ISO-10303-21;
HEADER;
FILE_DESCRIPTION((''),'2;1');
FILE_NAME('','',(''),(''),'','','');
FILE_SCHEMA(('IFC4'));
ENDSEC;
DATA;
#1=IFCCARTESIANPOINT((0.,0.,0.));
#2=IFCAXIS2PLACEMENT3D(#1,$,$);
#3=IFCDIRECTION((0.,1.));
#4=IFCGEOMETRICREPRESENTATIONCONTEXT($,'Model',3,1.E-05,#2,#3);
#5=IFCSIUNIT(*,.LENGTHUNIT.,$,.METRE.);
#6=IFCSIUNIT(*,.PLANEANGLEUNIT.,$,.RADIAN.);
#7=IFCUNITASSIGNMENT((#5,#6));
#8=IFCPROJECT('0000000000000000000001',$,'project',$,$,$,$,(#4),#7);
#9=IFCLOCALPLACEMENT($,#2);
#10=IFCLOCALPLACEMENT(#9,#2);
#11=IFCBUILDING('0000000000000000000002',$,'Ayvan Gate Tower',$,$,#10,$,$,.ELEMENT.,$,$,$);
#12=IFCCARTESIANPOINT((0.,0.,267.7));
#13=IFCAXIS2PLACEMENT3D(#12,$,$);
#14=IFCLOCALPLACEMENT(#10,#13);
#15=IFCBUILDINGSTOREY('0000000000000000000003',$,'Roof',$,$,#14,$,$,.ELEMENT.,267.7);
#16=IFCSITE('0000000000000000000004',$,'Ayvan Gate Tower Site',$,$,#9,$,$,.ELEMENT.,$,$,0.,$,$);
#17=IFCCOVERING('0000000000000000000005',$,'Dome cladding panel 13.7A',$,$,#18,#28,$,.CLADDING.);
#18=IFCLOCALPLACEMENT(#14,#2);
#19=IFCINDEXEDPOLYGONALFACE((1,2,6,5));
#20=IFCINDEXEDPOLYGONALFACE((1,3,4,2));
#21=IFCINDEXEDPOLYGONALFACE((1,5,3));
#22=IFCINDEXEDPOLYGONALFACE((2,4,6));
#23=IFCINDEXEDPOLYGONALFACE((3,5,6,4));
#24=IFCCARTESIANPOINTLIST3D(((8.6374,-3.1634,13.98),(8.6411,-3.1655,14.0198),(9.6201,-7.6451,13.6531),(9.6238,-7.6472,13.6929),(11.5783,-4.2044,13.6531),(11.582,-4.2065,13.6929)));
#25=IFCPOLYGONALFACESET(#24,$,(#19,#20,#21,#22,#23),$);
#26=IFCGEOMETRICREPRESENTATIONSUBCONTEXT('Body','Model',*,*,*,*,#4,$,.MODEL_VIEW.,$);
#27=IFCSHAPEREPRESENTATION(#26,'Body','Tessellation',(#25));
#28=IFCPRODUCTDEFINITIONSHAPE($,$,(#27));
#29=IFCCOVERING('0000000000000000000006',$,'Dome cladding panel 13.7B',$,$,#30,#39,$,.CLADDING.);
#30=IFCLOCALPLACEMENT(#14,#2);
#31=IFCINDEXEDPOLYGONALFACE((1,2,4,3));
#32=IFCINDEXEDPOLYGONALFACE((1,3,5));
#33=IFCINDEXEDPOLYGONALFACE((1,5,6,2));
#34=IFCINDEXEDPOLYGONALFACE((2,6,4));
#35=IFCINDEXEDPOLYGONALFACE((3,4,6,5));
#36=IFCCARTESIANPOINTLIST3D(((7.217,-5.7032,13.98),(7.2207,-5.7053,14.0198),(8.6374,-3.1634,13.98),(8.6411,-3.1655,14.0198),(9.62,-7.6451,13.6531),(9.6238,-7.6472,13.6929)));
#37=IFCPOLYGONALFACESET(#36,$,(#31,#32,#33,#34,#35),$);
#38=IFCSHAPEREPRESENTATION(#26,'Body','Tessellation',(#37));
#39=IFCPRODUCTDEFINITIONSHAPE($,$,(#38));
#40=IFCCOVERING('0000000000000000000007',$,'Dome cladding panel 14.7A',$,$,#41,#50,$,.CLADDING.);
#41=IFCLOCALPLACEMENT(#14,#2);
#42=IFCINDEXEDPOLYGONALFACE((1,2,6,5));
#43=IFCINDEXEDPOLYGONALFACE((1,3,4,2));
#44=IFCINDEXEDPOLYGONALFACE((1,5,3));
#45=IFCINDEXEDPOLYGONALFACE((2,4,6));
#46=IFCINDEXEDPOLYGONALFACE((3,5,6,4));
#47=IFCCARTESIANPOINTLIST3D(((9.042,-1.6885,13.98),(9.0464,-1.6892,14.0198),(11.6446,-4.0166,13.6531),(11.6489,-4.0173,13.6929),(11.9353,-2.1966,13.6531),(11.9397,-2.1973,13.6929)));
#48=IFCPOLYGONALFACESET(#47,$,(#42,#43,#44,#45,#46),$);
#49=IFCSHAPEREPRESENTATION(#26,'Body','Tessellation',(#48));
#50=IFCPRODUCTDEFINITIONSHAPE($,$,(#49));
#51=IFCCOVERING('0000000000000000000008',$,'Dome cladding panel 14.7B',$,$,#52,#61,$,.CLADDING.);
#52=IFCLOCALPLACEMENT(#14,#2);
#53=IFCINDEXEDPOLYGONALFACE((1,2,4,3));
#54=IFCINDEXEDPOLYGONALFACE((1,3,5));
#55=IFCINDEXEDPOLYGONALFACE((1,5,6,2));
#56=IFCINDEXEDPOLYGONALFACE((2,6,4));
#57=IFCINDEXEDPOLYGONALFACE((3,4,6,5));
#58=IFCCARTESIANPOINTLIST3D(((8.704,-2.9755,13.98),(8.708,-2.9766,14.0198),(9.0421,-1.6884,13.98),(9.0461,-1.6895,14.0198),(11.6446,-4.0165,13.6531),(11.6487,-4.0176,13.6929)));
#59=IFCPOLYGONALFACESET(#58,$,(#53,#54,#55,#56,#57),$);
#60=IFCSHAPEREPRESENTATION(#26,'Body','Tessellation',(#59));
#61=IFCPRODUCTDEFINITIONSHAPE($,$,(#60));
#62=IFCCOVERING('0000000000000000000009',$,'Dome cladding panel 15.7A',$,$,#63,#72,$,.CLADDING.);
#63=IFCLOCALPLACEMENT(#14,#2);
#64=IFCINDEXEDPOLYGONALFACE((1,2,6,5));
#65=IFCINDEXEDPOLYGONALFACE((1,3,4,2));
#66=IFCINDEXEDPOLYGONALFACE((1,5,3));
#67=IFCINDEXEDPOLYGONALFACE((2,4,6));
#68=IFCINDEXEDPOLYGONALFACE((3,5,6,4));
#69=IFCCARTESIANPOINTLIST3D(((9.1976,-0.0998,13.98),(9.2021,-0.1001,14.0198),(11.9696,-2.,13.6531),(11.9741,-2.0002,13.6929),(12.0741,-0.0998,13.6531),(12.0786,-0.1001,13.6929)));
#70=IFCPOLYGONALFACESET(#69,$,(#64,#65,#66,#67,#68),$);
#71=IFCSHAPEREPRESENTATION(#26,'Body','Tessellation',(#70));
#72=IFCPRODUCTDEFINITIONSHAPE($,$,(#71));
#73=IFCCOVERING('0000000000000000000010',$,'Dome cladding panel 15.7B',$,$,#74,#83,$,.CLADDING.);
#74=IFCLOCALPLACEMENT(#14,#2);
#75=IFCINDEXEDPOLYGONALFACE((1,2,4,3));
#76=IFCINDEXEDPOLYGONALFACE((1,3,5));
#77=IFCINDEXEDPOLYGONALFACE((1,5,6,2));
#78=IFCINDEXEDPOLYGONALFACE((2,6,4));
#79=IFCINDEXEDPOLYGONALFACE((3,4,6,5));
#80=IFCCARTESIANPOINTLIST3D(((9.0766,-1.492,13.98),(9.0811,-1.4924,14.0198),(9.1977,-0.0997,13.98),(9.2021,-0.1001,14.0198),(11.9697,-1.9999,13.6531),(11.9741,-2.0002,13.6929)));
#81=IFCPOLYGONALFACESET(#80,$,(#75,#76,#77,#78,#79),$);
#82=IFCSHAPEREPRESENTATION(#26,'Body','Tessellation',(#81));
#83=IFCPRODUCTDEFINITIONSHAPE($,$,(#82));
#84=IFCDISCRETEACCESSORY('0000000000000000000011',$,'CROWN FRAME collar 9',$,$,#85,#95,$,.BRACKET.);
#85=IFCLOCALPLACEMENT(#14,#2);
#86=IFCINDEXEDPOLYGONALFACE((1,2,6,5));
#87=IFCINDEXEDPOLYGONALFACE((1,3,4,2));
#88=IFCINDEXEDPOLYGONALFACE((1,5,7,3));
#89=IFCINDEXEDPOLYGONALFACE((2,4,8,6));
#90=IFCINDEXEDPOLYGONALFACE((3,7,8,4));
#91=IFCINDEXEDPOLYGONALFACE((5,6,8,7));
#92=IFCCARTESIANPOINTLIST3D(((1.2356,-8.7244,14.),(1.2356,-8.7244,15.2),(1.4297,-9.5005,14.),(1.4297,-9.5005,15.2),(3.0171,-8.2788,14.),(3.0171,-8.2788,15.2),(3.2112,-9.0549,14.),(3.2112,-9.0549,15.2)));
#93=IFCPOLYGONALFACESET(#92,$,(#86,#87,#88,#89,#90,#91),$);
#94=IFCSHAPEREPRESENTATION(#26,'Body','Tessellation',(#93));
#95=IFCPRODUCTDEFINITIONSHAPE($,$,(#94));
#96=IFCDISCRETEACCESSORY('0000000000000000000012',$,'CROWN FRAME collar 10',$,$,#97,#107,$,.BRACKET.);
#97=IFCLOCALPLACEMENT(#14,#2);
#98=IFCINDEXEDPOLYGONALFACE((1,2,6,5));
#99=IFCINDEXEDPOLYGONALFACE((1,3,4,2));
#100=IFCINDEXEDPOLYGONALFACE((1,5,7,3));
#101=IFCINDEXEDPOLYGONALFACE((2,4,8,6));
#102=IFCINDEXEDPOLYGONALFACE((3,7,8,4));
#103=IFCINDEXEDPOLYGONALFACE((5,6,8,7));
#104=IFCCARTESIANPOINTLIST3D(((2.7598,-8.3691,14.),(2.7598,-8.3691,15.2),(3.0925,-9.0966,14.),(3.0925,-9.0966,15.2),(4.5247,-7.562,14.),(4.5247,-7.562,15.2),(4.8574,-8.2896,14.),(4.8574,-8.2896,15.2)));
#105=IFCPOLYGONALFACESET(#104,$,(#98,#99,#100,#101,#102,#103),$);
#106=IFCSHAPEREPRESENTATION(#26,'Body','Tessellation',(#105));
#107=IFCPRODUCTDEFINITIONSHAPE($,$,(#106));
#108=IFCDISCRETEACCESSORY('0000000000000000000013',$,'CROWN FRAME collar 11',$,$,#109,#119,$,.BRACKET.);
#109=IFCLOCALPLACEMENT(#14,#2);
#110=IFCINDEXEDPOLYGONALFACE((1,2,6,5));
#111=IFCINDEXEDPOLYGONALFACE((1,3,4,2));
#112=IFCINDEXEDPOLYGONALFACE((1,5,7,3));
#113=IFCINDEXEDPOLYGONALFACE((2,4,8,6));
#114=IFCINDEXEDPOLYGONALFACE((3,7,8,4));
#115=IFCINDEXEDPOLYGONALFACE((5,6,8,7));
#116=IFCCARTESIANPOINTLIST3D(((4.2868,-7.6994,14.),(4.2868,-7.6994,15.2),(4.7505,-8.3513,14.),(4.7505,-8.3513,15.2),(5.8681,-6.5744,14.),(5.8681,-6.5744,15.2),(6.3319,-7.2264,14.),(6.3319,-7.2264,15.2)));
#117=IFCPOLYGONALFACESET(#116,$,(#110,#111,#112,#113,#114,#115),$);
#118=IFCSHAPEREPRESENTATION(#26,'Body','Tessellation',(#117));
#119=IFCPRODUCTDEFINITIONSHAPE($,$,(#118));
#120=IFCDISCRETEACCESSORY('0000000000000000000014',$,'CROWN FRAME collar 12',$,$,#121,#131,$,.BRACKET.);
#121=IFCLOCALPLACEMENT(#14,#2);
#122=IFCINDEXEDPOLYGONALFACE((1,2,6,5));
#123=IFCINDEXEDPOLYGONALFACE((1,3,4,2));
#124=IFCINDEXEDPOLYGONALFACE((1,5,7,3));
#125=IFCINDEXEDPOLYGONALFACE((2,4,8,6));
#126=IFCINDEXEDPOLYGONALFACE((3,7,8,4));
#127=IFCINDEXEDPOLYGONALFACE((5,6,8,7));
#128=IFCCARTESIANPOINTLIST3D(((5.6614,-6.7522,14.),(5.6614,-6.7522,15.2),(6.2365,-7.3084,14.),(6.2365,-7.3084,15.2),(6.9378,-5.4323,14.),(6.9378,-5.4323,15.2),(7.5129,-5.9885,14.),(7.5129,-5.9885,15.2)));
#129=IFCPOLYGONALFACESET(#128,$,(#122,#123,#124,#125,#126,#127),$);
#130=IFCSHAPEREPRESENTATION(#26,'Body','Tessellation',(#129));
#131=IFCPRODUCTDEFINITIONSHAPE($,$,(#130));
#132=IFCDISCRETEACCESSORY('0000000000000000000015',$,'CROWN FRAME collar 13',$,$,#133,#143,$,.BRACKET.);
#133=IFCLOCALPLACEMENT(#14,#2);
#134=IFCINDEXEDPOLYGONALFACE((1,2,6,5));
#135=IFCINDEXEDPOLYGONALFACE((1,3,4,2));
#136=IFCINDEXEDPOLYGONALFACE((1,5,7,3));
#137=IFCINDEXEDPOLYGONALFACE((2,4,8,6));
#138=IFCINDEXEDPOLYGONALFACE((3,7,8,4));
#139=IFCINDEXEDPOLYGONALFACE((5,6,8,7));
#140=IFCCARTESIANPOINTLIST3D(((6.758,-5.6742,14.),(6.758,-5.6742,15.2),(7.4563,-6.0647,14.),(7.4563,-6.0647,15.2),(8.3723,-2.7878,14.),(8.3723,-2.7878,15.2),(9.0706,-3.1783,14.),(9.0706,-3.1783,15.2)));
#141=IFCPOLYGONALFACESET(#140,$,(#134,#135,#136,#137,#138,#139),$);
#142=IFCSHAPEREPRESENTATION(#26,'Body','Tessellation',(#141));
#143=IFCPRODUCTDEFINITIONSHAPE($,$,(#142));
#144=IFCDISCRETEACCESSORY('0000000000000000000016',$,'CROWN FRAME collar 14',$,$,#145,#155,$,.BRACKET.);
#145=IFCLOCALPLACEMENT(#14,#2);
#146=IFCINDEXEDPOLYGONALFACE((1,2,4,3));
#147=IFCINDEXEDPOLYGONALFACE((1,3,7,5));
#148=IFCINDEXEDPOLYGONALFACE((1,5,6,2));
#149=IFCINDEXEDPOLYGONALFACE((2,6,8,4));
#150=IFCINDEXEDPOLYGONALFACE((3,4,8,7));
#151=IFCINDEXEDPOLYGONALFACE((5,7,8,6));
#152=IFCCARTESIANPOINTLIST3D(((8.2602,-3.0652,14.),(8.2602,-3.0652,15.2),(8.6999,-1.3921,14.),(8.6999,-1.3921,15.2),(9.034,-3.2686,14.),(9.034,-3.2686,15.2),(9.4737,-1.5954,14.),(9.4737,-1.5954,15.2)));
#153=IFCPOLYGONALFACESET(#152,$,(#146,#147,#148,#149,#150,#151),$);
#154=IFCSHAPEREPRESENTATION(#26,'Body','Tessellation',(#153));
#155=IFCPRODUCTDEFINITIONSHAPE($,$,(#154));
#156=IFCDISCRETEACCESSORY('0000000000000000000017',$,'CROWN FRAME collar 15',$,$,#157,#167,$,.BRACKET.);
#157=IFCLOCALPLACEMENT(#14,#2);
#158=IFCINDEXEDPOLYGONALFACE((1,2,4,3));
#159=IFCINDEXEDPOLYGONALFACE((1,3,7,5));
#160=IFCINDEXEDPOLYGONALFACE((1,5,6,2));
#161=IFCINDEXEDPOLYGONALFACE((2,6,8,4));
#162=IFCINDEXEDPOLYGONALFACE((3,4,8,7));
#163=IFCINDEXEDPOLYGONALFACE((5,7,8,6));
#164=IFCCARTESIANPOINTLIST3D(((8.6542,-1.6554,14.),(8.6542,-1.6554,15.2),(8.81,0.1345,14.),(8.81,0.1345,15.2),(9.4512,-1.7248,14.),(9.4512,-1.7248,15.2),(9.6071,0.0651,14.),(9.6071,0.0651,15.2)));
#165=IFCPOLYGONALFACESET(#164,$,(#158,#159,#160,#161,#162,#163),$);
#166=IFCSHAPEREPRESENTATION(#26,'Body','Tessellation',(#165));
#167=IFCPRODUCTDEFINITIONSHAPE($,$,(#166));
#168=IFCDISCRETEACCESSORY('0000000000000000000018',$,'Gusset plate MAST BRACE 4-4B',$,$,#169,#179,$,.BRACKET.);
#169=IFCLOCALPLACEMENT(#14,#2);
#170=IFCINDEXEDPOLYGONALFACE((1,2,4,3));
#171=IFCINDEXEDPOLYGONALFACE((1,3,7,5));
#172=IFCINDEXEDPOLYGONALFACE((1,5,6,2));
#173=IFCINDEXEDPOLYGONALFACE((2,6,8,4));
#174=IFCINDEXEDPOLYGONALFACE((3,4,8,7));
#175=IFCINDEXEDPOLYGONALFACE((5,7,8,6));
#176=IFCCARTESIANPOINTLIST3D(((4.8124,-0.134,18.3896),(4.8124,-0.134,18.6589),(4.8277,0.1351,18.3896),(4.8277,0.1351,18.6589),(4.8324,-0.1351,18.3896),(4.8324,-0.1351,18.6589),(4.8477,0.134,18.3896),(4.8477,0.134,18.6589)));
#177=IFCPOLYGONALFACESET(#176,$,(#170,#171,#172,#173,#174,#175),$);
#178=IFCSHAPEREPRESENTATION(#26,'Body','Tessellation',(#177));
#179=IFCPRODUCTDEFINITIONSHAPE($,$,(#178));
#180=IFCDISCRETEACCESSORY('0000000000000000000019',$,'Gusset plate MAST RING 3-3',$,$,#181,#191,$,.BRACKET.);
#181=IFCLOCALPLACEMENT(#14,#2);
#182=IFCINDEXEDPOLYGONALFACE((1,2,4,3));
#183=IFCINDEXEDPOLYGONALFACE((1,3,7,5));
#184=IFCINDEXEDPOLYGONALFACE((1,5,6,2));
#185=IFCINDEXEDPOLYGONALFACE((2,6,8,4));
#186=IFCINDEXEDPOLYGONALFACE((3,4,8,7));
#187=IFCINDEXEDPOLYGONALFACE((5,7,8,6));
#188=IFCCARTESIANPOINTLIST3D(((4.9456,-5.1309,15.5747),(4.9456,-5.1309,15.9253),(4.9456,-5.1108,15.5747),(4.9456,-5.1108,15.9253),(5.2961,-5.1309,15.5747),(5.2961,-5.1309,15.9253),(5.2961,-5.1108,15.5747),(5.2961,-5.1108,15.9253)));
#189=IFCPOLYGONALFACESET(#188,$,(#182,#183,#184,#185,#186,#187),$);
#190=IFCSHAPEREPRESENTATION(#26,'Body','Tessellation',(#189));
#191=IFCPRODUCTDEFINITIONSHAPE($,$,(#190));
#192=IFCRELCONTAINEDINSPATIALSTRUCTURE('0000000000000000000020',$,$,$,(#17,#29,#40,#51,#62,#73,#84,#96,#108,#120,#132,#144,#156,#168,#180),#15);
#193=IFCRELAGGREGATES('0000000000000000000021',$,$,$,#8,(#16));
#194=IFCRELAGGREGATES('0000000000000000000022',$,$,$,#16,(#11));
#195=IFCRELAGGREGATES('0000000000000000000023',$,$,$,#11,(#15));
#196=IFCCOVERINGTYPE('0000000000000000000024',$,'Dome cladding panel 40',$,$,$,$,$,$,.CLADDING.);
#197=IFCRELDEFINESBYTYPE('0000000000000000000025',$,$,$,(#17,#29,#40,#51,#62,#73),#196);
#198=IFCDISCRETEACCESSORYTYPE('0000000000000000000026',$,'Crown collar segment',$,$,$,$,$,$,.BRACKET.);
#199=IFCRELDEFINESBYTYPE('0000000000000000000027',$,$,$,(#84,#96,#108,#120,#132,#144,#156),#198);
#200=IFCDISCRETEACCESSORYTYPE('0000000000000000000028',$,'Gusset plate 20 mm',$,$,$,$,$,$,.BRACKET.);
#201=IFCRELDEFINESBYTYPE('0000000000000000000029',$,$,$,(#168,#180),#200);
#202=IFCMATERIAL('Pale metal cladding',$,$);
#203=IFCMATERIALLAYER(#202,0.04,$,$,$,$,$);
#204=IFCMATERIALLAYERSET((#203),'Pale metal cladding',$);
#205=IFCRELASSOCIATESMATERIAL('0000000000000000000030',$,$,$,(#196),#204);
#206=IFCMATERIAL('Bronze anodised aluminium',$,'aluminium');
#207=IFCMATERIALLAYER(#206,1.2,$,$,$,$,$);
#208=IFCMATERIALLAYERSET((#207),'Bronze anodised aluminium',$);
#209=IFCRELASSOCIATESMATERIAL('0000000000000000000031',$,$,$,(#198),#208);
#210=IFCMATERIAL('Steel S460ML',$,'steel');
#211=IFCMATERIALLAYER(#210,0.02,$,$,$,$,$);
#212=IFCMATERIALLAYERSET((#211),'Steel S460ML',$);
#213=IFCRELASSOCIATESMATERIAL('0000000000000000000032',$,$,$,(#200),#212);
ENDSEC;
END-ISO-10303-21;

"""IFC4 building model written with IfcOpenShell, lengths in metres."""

from ifc_helpers import new_model, si_unit, direction, frame, origin, origin_2d, place, context, subcontext, project, spatial, polyline, rectangle, outline, extrude, material, layer, layer_set, type_object, element, save


model = new_model("IFC4")

# Units and contexts
model_context = context("Model", 3, precision=1e-05, world=origin(), true_north=direction((0.0, 1.0)))
body_context = subcontext(model_context, "Body", "Model", "MODEL_VIEW")
ifc_project = project(units=[si_unit("LENGTHUNIT", "METRE"), si_unit("PLANEANGLEUNIT", "RADIAN")], contexts=[model_context])

# Site, building, storey
site_placement = place(None, origin())
site = spatial("IfcSite", under=ifc_project, at=site_placement, Name="Ayvan Gate Tower Site", CompositionType="ELEMENT", RefElevation=0.0)
building_placement = place(site_placement, origin())
building = spatial("IfcBuilding", under=site, at=building_placement, Name="Ayvan Gate Tower", CompositionType="ELEMENT")
storey_placement = place(building_placement, frame((0.0, 0.0, 267.7)))
storey = spatial("IfcBuildingStorey", under=building, at=storey_placement, Name="Roof", CompositionType="ELEMENT", Elevation=267.7)

# Coverings
ifc_material_1 = material(Name="Pale metal cladding")
ifc_layer_1 = layer(ifc_material_1, 0.04)
ifc_layer_set_1 = layer_set([ifc_layer_1], Name="Pale metal cladding")
covering_type_1 = type_object("IfcCoveringType", Name="Dome cladding panel 40", PredefinedType="CLADDING", material=ifc_layer_set_1)
covering_1_placement = place(storey_placement, frame((9.6238, -7.6472, 13.6929), z_axis=(0.091998, -0.052361, 0.994382), x_axis=(0.494644, 0.869096, 0.0)))
element("IfcCovering", 1, at=covering_1_placement, inside=storey, type_object=covering_type_1, Name="Dome cladding panel 13.7A", PredefinedType="CLADDING", context=body_context, shape_type="SweptSolid", body=[
    extrude(outline(polyline([(0.0, 0.0), (3.9589, 0.0), (3.4089, 3.0882), (0.0, 0.0)])), origin(), (0.0, 0.0, -1.0), 0.04),
])
covering_2_placement = place(storey_placement, frame((9.6238, -7.6472, 13.6929), z_axis=(0.093158, -0.0521, 0.994287), x_axis=(-0.213633, 0.974325, 0.071069)))
element("IfcCovering", 2, at=covering_2_placement, inside=storey, type_object=covering_type_1, Name="Dome cladding panel 13.7B", PredefinedType="CLADDING", context=body_context, shape_type="SweptSolid", body=[
    extrude(outline(polyline([(0.0, 0.0), (4.5998, 0.0), (2.4286, 1.9376), (0.0, 0.0)])), origin(), (0.0, 0.0, -1.0), 0.04),
])
covering_3_placement = place(storey_placement, frame((11.6489, -4.0173, 13.6929), z_axis=(0.109229, -0.01745, 0.993863), x_axis=(0.157758, 0.987478, 0.0)))
element("IfcCovering", 3, at=covering_3_placement, inside=storey, type_object=covering_type_1, Name="Dome cladding panel 14.7A", PredefinedType="CLADDING", context=body_context, shape_type="SweptSolid", body=[
    extrude(outline(polyline([(0.0, 0.0), (1.8431, 0.0), (1.8884, 2.9554), (0.0, 0.0)])), origin(), (0.0, 0.0, -1.0), 0.04),
])
covering_4_placement = place(storey_placement, frame((11.6487, -4.0176, 13.6929), z_axis=(0.10115, -0.026573, 0.994516), x_axis=(-0.742062, 0.663819, 0.09321)))
element("IfcCovering", 4, at=covering_4_placement, inside=storey, type_object=covering_type_1, Name="Dome cladding panel 14.7B", PredefinedType="CLADDING", context=body_context, shape_type="SweptSolid", body=[
    extrude(outline(polyline([(0.0, 0.0), (3.5072, 0.0), (2.9037, 1.1861), (0.0, 0.0)])), origin(), (0.0, 0.0, -1.0), 0.04),
])
covering_5_placement = place(storey_placement, frame((11.9741, -2.0002, 13.6929), z_axis=(0.112919, -0.00621, 0.993585), x_axis=(0.054909, 0.998491, 0.0)))
element("IfcCovering", 5, at=covering_5_placement, inside=storey, type_object=covering_type_1, Name="Dome cladding panel 15.7A", PredefinedType="CLADDING", context=body_context, shape_type="SweptSolid", body=[
    extrude(outline(polyline([(0.0, 0.0), (1.903, 0.0), (1.7451, 2.8907), (0.0, 0.0)])), origin(), (0.0, 0.0, -1.0), 0.04),
])
covering_6_placement = place(storey_placement, frame((11.9741, -2.0002, 13.6929), z_axis=(0.110609, -0.00962, 0.993817), x_axis=(-0.820942, 0.562744, 0.096815)))
element("IfcCovering", 6, at=covering_6_placement, inside=storey, type_object=covering_type_1, Name="Dome cladding panel 15.7B", PredefinedType="CLADDING", context=body_context, shape_type="SweptSolid", body=[
    extrude(outline(polyline([(0.0, 0.0), (3.3766, 0.0), (2.6925, 1.2187), (0.0, 0.0)])), origin(), (0.0, 0.0, -1.0), 0.04),
])

# Discrete accessories
ifc_material_2 = material(Name="Bronze anodised aluminium", Category="aluminium")
ifc_layer_2 = layer(ifc_material_2, 1.2)
ifc_layer_set_2 = layer_set([ifc_layer_2], Name="Bronze anodised aluminium")
discrete_accessory_type_1 = type_object("IfcDiscreteAccessoryType", Name="Crown collar segment", PredefinedType="BRACKET", material=ifc_layer_set_2)
discrete_accessory_1_placement = place(storey_placement, frame((2.2234, -8.8896, 14.0), z_axis=(0.0, 0.0, 1.0), x_axis=(0.97012, 0.242627, 0.0)))
element("IfcDiscreteAccessory", 7, at=discrete_accessory_1_placement, inside=storey, type_object=discrete_accessory_type_1, Name="CROWN FRAME collar 9", PredefinedType="BRACKET", context=body_context, shape_type="SweptSolid", body=[
    extrude(rectangle(XDim=1.8364, YDim=0.8, at=origin_2d()), origin(), (0.0, 0.0, 1.0), 1.2),
])
for number, where, z_axis, x_axis, name in (
    (8, (3.8086, -8.3293, 14.0), (0.0, 0.0, 1.0), (0.909439, 0.415838, 0.0), "CROWN FRAME collar 10"),
    (9, (5.3093, -7.4629, 14.0), (0.0, 0.0, 1.0), (0.814838, 0.579688, 0.0), "CROWN FRAME collar 11"),
):
    element("IfcDiscreteAccessory", number, at=place(storey_placement, frame(where, z_axis=z_axis, x_axis=x_axis)), inside=storey, type_object=discrete_accessory_type_1, Name=name, PredefinedType="BRACKET", context=body_context, shape_type="SweptSolid", body=[
        extrude(rectangle(XDim=1.9407, YDim=0.8, at=origin_2d()), origin(), (0.0, 0.0, 1.0), 1.2),
    ])
discrete_accessory_2_placement = place(storey_placement, frame((6.5872, -6.3704, 14.0), z_axis=(0.0, 0.0, 1.0), x_axis=(0.695175, 0.718841, 0.0)))
element("IfcDiscreteAccessory", 10, at=discrete_accessory_2_placement, inside=storey, type_object=discrete_accessory_type_1, Name="CROWN FRAME collar 12", PredefinedType="BRACKET", context=body_context, shape_type="SweptSolid", body=[
    extrude(rectangle(XDim=1.8362, YDim=0.8, at=origin_2d()), origin(), (0.0, 0.0, 1.0), 1.2),
])
discrete_accessory_3_placement = place(storey_placement, frame((7.9143, -4.4263, 14.0), z_axis=(0.0, 0.0, 1.0), x_axis=(0.488121, 0.872776, 0.0)))
element("IfcDiscreteAccessory", 11, at=discrete_accessory_3_placement, inside=storey, type_object=discrete_accessory_type_1, Name="CROWN FRAME collar 13", PredefinedType="BRACKET", context=body_context, shape_type="SweptSolid", body=[
    extrude(rectangle(XDim=3.3071, YDim=0.8, at=origin_2d()), origin(), (0.0, 0.0, 1.0), 1.2),
])
discrete_accessory_4_placement = place(storey_placement, frame((8.8669, -2.3303, 14.0), z_axis=(0.0, 0.0, 1.0), x_axis=(0.254187, 0.967155, 0.0)))
element("IfcDiscreteAccessory", 12, at=discrete_accessory_4_placement, inside=storey, type_object=discrete_accessory_type_1, Name="CROWN FRAME collar 14", PredefinedType="BRACKET", context=body_context, shape_type="SweptSolid", body=[
    extrude(rectangle(XDim=1.73, YDim=0.8, at=origin_2d()), origin(), (0.0, 0.0, 1.0), 1.2),
])
discrete_accessory_5_placement = place(storey_placement, frame((9.1306, -0.7952, 14.0), z_axis=(0.0, 0.0, 1.0), x_axis=(0.086769, 0.996228, 0.0)))
element("IfcDiscreteAccessory", 13, at=discrete_accessory_5_placement, inside=storey, type_object=discrete_accessory_type_1, Name="CROWN FRAME collar 15", PredefinedType="BRACKET", context=body_context, shape_type="SweptSolid", body=[
    extrude(rectangle(XDim=1.7966, YDim=0.8, at=origin_2d()), origin(), (0.0, 0.0, 1.0), 1.2),
])
ifc_material_3 = material(Name="Steel S460ML", Category="steel")
ifc_layer_3 = layer(ifc_material_3, 0.02)
ifc_layer_set_3 = layer_set([ifc_layer_3], Name="Steel S460ML")
discrete_accessory_type_2 = type_object("IfcDiscreteAccessoryType", Name="Gusset plate 20 mm", PredefinedType="BRACKET", material=ifc_layer_set_3)
discrete_accessory_6_placement = place(storey_placement, frame((4.8301, 0.0, 18.3896), z_axis=(0.0, 0.0, 1.0), x_axis=(0.056677, 0.998393, 0.0)))
element("IfcDiscreteAccessory", 14, at=discrete_accessory_6_placement, inside=storey, type_object=discrete_accessory_type_2, Name="Gusset plate MAST BRACE 4-4B", PredefinedType="BRACKET", context=body_context, shape_type="SweptSolid", body=[
    extrude(rectangle(XDim=0.2695, YDim=0.02, at=origin_2d()), origin(), (0.0, 0.0, 1.0), 0.2693),
])
discrete_accessory_7_placement = place(storey_placement, frame((5.1208, -5.1208, 15.5747), z_axis=(0.0, 0.0, 1.0), x_axis=(1.0, 0.0, 0.0)))
element("IfcDiscreteAccessory", 15, at=discrete_accessory_7_placement, inside=storey, type_object=discrete_accessory_type_2, Name="Gusset plate MAST RING 3-3", PredefinedType="BRACKET", context=body_context, shape_type="SweptSolid", body=[
    extrude(rectangle(XDim=0.3506, YDim=0.02, at=origin_2d()), origin(), (0.0, 0.0, 1.0), 0.3506),
])

save(model, "model.ifc")
